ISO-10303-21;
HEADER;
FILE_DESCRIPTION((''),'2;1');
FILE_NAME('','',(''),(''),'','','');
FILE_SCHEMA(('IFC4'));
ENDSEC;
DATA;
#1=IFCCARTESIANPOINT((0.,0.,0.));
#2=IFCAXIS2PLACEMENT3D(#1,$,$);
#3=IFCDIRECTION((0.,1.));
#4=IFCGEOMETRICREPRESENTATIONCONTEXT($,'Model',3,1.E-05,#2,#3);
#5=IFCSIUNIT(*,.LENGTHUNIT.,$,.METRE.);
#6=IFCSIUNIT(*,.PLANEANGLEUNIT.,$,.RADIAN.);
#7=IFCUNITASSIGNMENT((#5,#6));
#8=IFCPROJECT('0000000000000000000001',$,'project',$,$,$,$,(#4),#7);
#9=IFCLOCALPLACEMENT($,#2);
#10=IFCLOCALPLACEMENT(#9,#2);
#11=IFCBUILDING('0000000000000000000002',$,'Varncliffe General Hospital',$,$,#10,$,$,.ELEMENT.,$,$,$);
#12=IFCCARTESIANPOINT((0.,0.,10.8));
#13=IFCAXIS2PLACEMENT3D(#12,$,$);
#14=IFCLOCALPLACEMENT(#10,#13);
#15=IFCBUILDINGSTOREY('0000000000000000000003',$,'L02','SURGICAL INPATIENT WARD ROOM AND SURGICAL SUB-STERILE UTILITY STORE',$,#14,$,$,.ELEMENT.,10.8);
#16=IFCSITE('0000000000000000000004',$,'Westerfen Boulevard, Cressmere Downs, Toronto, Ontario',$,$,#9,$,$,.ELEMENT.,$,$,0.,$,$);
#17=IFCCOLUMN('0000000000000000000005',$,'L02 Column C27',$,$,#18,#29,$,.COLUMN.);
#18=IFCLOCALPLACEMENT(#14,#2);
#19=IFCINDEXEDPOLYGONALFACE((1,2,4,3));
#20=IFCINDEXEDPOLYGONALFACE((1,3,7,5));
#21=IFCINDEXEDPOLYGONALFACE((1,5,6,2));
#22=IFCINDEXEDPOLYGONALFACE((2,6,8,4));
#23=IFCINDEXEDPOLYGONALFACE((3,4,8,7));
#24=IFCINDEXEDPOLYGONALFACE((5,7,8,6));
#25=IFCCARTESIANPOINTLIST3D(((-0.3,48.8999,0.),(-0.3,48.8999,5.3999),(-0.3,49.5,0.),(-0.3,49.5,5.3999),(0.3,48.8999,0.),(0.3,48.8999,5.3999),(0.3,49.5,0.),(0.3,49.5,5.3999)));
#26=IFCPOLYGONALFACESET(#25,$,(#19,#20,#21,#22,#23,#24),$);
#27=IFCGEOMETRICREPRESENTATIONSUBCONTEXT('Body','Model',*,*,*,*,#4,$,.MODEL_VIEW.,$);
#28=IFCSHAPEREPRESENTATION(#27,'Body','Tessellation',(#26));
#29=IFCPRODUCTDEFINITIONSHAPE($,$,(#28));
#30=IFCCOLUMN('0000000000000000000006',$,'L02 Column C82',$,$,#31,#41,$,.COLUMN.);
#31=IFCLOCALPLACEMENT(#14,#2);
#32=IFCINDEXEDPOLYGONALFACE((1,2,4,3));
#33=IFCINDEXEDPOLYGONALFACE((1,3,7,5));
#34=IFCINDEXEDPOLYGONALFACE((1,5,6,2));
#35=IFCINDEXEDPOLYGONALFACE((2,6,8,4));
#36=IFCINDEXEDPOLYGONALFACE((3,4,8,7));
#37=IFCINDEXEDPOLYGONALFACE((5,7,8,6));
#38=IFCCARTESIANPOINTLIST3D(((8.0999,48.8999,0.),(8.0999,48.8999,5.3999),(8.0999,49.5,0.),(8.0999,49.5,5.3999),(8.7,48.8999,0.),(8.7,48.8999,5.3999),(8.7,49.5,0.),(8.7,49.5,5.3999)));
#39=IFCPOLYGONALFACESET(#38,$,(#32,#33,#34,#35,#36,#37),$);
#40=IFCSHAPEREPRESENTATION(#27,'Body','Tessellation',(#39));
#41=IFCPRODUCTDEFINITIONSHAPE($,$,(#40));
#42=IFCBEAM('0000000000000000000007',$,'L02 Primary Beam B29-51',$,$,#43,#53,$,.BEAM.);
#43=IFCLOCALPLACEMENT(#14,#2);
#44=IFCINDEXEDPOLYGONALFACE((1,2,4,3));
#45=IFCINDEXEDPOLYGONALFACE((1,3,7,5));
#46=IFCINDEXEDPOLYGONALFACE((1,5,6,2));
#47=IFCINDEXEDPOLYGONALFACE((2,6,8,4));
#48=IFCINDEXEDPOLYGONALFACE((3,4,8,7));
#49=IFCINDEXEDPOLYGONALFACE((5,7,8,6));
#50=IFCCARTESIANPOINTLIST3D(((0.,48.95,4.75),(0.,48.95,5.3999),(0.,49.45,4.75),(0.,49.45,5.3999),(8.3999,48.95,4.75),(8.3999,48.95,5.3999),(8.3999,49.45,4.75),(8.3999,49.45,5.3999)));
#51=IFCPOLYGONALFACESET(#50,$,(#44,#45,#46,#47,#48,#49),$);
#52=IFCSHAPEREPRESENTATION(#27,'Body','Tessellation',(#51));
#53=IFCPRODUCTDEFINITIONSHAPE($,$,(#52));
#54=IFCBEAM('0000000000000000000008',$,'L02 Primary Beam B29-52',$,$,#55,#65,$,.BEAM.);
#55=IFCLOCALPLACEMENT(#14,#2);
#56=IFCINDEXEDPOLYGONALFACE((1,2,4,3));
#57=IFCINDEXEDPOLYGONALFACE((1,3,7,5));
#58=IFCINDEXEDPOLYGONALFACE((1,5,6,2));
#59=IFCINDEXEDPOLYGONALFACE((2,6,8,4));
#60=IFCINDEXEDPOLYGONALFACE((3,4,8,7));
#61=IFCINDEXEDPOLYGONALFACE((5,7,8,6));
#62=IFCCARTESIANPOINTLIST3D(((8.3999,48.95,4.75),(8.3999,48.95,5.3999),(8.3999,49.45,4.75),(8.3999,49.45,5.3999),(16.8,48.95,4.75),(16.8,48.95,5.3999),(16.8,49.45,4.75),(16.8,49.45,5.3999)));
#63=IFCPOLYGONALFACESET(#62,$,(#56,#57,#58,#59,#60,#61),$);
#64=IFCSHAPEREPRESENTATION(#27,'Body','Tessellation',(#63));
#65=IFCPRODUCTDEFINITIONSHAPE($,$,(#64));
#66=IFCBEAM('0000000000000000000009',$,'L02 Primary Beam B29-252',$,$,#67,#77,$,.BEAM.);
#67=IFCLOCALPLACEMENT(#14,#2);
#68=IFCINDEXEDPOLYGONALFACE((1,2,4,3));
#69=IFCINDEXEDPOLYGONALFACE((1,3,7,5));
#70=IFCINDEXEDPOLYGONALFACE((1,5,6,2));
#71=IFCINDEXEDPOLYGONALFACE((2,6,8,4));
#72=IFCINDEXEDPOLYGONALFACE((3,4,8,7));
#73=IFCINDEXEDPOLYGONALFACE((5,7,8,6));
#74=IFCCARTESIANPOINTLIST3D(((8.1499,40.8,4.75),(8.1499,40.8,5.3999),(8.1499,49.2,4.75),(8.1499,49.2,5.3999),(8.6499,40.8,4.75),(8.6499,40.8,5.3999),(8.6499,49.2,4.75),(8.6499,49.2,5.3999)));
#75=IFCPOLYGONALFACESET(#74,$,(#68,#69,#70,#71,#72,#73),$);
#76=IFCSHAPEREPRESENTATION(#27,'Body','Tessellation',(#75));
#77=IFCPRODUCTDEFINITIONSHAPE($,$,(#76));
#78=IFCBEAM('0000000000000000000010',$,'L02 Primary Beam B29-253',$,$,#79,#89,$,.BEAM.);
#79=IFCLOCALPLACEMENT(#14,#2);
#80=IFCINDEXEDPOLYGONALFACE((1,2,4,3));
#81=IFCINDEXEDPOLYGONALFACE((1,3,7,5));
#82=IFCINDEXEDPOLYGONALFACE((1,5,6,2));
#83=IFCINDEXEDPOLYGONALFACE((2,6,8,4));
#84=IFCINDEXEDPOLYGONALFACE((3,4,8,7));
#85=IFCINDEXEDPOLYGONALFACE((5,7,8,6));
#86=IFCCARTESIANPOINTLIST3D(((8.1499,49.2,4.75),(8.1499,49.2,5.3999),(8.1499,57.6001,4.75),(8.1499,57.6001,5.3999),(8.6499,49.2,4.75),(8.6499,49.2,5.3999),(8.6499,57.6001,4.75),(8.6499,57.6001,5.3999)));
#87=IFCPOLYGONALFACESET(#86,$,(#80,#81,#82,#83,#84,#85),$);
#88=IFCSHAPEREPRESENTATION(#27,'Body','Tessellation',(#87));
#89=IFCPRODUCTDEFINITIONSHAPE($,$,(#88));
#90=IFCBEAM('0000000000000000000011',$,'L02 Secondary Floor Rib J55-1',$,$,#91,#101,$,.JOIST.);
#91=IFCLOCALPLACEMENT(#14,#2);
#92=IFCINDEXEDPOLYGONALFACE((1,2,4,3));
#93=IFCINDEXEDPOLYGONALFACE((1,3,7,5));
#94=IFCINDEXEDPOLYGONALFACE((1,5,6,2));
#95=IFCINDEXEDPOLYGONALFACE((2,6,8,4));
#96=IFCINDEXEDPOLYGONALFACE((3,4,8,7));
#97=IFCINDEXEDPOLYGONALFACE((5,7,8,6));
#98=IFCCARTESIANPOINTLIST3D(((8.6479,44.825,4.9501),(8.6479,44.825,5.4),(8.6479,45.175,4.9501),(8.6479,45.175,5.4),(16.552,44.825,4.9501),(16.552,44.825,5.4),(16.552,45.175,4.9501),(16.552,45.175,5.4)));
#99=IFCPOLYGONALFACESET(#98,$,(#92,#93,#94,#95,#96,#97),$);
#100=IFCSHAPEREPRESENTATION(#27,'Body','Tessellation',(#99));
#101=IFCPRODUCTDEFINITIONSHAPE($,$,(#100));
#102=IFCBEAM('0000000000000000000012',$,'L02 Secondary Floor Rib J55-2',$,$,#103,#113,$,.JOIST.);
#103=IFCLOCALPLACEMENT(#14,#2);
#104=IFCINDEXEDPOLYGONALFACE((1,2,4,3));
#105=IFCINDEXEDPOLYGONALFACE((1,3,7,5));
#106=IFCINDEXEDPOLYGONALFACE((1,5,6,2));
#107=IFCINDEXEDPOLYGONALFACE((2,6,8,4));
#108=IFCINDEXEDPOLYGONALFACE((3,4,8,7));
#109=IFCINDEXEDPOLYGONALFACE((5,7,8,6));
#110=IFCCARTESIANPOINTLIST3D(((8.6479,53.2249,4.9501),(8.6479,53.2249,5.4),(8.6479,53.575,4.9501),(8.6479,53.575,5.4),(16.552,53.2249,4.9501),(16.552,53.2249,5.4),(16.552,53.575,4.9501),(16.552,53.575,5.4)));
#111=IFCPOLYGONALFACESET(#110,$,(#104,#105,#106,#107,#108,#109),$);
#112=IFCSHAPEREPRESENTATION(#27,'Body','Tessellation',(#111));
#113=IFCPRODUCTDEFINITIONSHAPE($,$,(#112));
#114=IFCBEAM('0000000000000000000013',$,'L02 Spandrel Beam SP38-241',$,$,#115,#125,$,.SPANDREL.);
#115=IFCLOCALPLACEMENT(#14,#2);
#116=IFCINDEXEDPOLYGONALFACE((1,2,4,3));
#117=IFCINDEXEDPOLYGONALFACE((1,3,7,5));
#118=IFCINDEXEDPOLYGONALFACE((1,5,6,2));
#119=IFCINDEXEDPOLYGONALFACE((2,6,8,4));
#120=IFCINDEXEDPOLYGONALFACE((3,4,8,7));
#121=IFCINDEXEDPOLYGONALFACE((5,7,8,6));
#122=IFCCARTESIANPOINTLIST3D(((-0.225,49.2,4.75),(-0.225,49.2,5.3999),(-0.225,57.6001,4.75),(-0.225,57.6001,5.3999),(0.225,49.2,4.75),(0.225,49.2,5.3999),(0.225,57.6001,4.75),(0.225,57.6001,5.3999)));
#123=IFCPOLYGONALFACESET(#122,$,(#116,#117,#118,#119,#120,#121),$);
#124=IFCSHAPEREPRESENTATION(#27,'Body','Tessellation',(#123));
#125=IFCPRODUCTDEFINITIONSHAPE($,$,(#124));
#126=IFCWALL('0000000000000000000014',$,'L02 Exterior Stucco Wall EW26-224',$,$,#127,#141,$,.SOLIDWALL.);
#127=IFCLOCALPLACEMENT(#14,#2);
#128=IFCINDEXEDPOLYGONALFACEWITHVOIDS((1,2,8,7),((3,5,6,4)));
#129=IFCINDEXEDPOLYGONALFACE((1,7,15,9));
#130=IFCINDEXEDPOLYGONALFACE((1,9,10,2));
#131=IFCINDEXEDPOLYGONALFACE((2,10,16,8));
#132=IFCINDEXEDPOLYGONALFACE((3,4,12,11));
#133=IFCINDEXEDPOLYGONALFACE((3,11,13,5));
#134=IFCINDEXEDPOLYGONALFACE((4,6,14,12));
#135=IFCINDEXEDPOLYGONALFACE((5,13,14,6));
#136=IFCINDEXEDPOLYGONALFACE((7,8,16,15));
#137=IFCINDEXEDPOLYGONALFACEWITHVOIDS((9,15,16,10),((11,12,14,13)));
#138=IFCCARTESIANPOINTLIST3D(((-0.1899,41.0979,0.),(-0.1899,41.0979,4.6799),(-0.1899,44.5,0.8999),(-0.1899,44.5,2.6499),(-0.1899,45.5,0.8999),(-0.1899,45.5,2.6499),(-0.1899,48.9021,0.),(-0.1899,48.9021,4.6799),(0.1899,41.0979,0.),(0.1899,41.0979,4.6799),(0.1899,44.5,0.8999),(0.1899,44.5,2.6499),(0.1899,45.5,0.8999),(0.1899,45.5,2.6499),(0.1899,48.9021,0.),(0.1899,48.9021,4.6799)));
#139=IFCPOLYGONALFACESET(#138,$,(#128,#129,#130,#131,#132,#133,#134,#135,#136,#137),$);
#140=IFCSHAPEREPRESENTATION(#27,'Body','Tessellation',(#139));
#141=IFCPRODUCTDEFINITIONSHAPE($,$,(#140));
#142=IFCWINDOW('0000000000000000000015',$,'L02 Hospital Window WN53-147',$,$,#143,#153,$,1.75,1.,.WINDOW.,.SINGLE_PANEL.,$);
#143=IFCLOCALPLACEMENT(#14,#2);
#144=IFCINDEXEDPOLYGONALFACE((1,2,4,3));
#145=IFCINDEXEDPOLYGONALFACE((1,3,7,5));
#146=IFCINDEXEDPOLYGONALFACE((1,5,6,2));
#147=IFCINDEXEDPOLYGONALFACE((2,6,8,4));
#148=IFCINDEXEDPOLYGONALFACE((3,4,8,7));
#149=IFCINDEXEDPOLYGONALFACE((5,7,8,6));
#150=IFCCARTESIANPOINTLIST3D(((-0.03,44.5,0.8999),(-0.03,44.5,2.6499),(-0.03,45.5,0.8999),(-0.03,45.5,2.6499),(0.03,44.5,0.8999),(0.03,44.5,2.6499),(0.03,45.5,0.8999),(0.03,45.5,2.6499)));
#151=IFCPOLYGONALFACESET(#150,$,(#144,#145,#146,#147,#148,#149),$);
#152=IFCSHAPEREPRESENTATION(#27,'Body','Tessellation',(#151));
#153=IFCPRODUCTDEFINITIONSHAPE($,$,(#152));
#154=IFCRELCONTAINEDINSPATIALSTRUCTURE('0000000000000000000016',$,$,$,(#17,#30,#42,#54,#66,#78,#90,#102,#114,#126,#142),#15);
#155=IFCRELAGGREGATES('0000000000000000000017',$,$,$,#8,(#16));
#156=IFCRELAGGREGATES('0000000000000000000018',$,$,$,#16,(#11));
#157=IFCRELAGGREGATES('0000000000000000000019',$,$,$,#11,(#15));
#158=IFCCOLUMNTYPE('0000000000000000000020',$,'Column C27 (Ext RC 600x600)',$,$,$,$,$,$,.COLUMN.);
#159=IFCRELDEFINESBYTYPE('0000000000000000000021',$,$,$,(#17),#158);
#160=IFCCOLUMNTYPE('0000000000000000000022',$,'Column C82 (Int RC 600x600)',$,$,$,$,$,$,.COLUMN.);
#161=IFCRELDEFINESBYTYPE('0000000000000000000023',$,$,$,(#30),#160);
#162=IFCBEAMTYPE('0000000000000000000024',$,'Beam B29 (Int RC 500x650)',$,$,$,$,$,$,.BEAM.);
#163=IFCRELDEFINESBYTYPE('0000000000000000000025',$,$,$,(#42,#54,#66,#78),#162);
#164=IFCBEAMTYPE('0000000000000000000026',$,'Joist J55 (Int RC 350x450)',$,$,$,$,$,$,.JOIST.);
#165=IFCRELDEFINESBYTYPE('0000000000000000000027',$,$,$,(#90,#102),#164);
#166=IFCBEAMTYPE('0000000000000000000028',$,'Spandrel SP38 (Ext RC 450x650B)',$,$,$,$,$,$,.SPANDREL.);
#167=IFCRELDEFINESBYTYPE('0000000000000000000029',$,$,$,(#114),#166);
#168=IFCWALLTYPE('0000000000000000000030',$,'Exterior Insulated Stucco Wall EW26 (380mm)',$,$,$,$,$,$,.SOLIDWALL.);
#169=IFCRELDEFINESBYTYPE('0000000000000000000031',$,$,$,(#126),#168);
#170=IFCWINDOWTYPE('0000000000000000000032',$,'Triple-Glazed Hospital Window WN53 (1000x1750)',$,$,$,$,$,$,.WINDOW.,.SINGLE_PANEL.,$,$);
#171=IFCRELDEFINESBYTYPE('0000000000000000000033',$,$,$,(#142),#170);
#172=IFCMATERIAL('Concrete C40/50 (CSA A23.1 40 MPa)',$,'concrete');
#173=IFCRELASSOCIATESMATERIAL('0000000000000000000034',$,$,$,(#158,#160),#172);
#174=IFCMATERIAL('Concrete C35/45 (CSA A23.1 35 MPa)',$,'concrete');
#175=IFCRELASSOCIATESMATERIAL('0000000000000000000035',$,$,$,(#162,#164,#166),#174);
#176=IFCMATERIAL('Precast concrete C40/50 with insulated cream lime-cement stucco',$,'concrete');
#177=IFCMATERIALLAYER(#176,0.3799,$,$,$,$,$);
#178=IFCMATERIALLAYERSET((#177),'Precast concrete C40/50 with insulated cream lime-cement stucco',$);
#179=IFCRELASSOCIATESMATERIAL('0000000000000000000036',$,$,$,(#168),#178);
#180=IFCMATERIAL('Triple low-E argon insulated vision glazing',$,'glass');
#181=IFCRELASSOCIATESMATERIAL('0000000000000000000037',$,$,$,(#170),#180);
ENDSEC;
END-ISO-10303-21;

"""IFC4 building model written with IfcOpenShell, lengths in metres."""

from ifc_helpers import new_model, si_unit, direction, frame, frame_2d, origin, origin_2d, place, context, subcontext, project, spatial, rectangle, extrude, material, layer, layer_set, material_profile, profile_set, type_object, element, fill, save


model = new_model("IFC4")

# Units and contexts
model_context = context("Model", 3, precision=1e-05, world=origin(), true_north=direction((0.0, 1.0)))
body_context = subcontext(model_context, "Body", "Model", "MODEL_VIEW")
ifc_project = project(units=[si_unit("LENGTHUNIT", "METRE"), si_unit("PLANEANGLEUNIT", "RADIAN")], contexts=[model_context])

# Site, building, storey
site_placement = place(None, origin())
site = spatial("IfcSite", under=ifc_project, at=site_placement, Name="Westerfen Boulevard, Cressmere Downs, Toronto, Ontario", CompositionType="ELEMENT", RefElevation=0.0)
building_placement = place(site_placement, origin())
building = spatial("IfcBuilding", under=site, at=building_placement, Name="Varncliffe General Hospital", CompositionType="ELEMENT")
storey_placement = place(building_placement, frame((0.0, 0.0, 10.8)))
storey = spatial("IfcBuildingStorey", under=building, at=storey_placement, Name="L02", Description="SURGICAL INPATIENT WARD ROOM AND SURGICAL SUB-STERILE UTILITY STORE", CompositionType="ELEMENT", Elevation=10.8)

# Columns
ifc_material_1 = material(Name="Concrete C40/50 (CSA A23.1 40 MPa)", Category="concrete")
ifc_material_profile_1 = material_profile(ifc_material_1, rectangle(XDim=0.6001, YDim=0.6001, at=origin_2d()), Name="RC 600x600")
ifc_profile_set_1 = profile_set([ifc_material_profile_1], Name="Concrete C40/50 (CSA A23.1 40 MPa)")
column_type_1 = type_object("IfcColumnType", Name="Column C27 (Ext RC 600x600)", PredefinedType="COLUMN", material=ifc_profile_set_1)
column_1_placement = place(storey_placement, frame((0.0, 49.2, 0.0), z_axis=(0.0, 0.0, 1.0), x_axis=(1.0, 0.0, 0.0)))
element("IfcColumn", 1, at=column_1_placement, inside=storey, type_object=column_type_1, Name="L02 Column C27", PredefinedType="COLUMN", context=body_context, shape_type="SweptSolid", body=[
    extrude(rectangle(XDim=0.6001, YDim=0.6001, at=origin_2d()), origin(), (0.0, 0.0, 1.0), 5.3999),
])
ifc_material_profile_2 = material_profile(ifc_material_1, rectangle(XDim=0.6001, YDim=0.6001, at=origin_2d()), Name="RC 600x600")
ifc_profile_set_2 = profile_set([ifc_material_profile_2], Name="Concrete C40/50 (CSA A23.1 40 MPa)")
column_type_2 = type_object("IfcColumnType", Name="Column C82 (Int RC 600x600)", PredefinedType="COLUMN", material=ifc_profile_set_2)
column_2_placement = place(storey_placement, frame((8.3999, 49.2, 0.0), z_axis=(0.0, 0.0, 1.0), x_axis=(1.0, 0.0, 0.0)))
element("IfcColumn", 2, at=column_2_placement, inside=storey, type_object=column_type_2, Name="L02 Column C82", PredefinedType="COLUMN", context=body_context, shape_type="SweptSolid", body=[
    extrude(rectangle(XDim=0.6001, YDim=0.6001, at=origin_2d()), origin(), (0.0, 0.0, 1.0), 5.3999),
])

# Beams
ifc_material_2 = material(Name="Concrete C35/45 (CSA A23.1 35 MPa)", Category="concrete")
ifc_material_profile_3 = material_profile(ifc_material_2, rectangle(XDim=0.5, YDim=0.6499, at=origin_2d()), Name="RC 500x650")
ifc_profile_set_3 = profile_set([ifc_material_profile_3], Name="Concrete C35/45 (CSA A23.1 35 MPa)")
beam_type_1 = type_object("IfcBeamType", Name="Beam B29 (Int RC 500x650)", PredefinedType="BEAM", material=ifc_profile_set_3)
beam_1_placement = place(storey_placement, frame((0.0, 49.2, 5.075), z_axis=(1.0, 0.0, 0.0), x_axis=(0.0, 1.0, 0.0)))
element("IfcBeam", 3, at=beam_1_placement, inside=storey, type_object=beam_type_1, Name="L02 Primary Beam B29-51", PredefinedType="BEAM", context=body_context, shape_type="SweptSolid", body=[
    extrude(rectangle(XDim=0.5, YDim=0.6499, at=origin_2d()), origin(), (0.0, 0.0, 1.0), 8.3999),
])
beam_2_placement = place(storey_placement, frame((8.3999, 49.2, 5.075), z_axis=(1.0, 0.0, 0.0), x_axis=(0.0, 1.0, 0.0)))
element("IfcBeam", 4, at=beam_2_placement, inside=storey, type_object=beam_type_1, Name="L02 Primary Beam B29-52", PredefinedType="BEAM", context=body_context, shape_type="SweptSolid", body=[
    extrude(rectangle(XDim=0.5, YDim=0.6499, at=origin_2d()), origin(), (0.0, 0.0, 1.0), 8.4001),
])
beam_3_placement = place(storey_placement, frame((8.3999, 40.8, 5.075), z_axis=(0.0, 1.0, 0.0), x_axis=(-1.0, 0.0, 0.0)))
element("IfcBeam", 5, at=beam_3_placement, inside=storey, type_object=beam_type_1, Name="L02 Primary Beam B29-252", PredefinedType="BEAM", context=body_context, shape_type="SweptSolid", body=[
    extrude(rectangle(XDim=0.5, YDim=0.6499, at=origin_2d()), origin(), (0.0, 0.0, 1.0), 8.3999),
])
beam_4_placement = place(storey_placement, frame((8.3999, 49.2, 5.075), z_axis=(0.0, 1.0, 0.0), x_axis=(-1.0, 0.0, 0.0)))
element("IfcBeam", 6, at=beam_4_placement, inside=storey, type_object=beam_type_1, Name="L02 Primary Beam B29-253", PredefinedType="BEAM", context=body_context, shape_type="SweptSolid", body=[
    extrude(rectangle(XDim=0.5, YDim=0.6499, at=origin_2d()), origin(), (0.0, 0.0, 1.0), 8.4001),
])
ifc_material_profile_4 = material_profile(ifc_material_2, rectangle(XDim=0.3501, YDim=0.45, at=origin_2d()), Name="RC 350x450")
ifc_profile_set_4 = profile_set([ifc_material_profile_4], Name="Concrete C35/45 (CSA A23.1 35 MPa)")
beam_type_2 = type_object("IfcBeamType", Name="Joist J55 (Int RC 350x450)", PredefinedType="JOIST", material=ifc_profile_set_4)
for number, where, z_axis, x_axis, name in (
    (7, (8.6479, 45.0, 5.175), (1.0, 0.0, 0.0), (0.0, 1.0, 0.0), "L02 Secondary Floor Rib J55-1"),
    (8, (8.6479, 53.3999, 5.175), (1.0, 0.0, 0.0), (0.0, 1.0, 0.0), "L02 Secondary Floor Rib J55-2"),
):
    element("IfcBeam", number, at=place(storey_placement, frame(where, z_axis=z_axis, x_axis=x_axis)), inside=storey, type_object=beam_type_2, Name=name, PredefinedType="JOIST", context=body_context, shape_type="SweptSolid", body=[
        extrude(rectangle(XDim=0.3501, YDim=0.45, at=origin_2d()), origin(), (0.0, 0.0, 1.0), 7.9041),
    ])
ifc_material_profile_5 = material_profile(ifc_material_2, rectangle(XDim=0.45, YDim=0.6499, at=origin_2d()), Name="RC 450x650")
ifc_profile_set_5 = profile_set([ifc_material_profile_5], Name="Concrete C35/45 (CSA A23.1 35 MPa)")
beam_type_3 = type_object("IfcBeamType", Name="Spandrel SP38 (Ext RC 450x650B)", PredefinedType="SPANDREL", material=ifc_profile_set_5)
beam_5_placement = place(storey_placement, frame((0.0, 49.2, 5.075), z_axis=(0.0, 1.0, 0.0), x_axis=(-1.0, 0.0, 0.0)))
element("IfcBeam", 9, at=beam_5_placement, inside=storey, type_object=beam_type_3, Name="L02 Spandrel Beam SP38-241", PredefinedType="SPANDREL", context=body_context, shape_type="SweptSolid", body=[
    extrude(rectangle(XDim=0.45, YDim=0.6499, at=origin_2d()), origin(), (0.0, 0.0, 1.0), 8.4001),
])

# Wall, opening, window
ifc_material_3 = material(Name="Precast concrete C40/50 with insulated cream lime-cement stucco", Category="concrete")
ifc_layer_1 = layer(ifc_material_3, 0.3799)
ifc_layer_set_1 = layer_set([ifc_layer_1], Name="Precast concrete C40/50 with insulated cream lime-cement stucco")
wall_type_1 = type_object("IfcWallType", Name="Exterior Insulated Stucco Wall EW26 (380mm)", PredefinedType="SOLIDWALL", material=ifc_layer_set_1)
wall_1_placement = place(storey_placement, frame((0.0, 41.0979, 0.0), z_axis=(0.0, 0.0, 1.0), x_axis=(0.0, 1.0, 0.0)))
wall_1 = element("IfcWall", 10, at=wall_1_placement, inside=storey, type_object=wall_type_1, Name="L02 Exterior Stucco Wall EW26-224", PredefinedType="SOLIDWALL", context=body_context, shape_type="SweptSolid", body=[
    extrude(rectangle(XDim=7.8042, YDim=0.3799, at=frame_2d((3.9021, 0.0))), origin(), (0.0, 0.0, 1.0), 4.6799),
])
opening_1_placement = place(wall_1_placement, frame((3.4021, 0.0, 0.8999)))
opening_1 = element("IfcOpeningElement", 11, at=opening_1_placement, cuts=wall_1, PredefinedType="OPENING", context=body_context, shape_type="SweptSolid", body=[
    extrude(rectangle(XDim=1.0, YDim=1.75, at=frame_2d((0.5, 0.875))), frame((0.0, 0.2, 0.0), z_axis=(0.0, -1.0, 0.0), x_axis=(1.0, 0.0, 0.0)), (0.0, 0.0, 1.0), 0.3999),
])
ifc_material_4 = material(Name="Triple low-E argon insulated vision glazing", Category="glass")
window_type_1 = type_object("IfcWindowType", Name="Triple-Glazed Hospital Window WN53 (1000x1750)", PartitioningType="SINGLE_PANEL", PredefinedType="WINDOW", material=ifc_material_4)
window_1_placement = place(opening_1_placement, origin())
window_1 = element("IfcWindow", 12, at=window_1_placement, inside=storey, type_object=window_type_1, Name="L02 Hospital Window WN53-147", OverallHeight=1.75, OverallWidth=1.0, PartitioningType="SINGLE_PANEL", PredefinedType="WINDOW", context=body_context, shape_type="SweptSolid", body=[
    extrude(rectangle(XDim=1.0, YDim=1.75, at=frame_2d((0.5, 0.875))), frame((0.0, 0.03, 0.0), z_axis=(0.0, -1.0, 0.0), x_axis=(1.0, 0.0, 0.0)), (0.0, 0.0, 1.0), 0.0601),
])
fill(opening_1, window_1)

save(model, "model.ifc")
